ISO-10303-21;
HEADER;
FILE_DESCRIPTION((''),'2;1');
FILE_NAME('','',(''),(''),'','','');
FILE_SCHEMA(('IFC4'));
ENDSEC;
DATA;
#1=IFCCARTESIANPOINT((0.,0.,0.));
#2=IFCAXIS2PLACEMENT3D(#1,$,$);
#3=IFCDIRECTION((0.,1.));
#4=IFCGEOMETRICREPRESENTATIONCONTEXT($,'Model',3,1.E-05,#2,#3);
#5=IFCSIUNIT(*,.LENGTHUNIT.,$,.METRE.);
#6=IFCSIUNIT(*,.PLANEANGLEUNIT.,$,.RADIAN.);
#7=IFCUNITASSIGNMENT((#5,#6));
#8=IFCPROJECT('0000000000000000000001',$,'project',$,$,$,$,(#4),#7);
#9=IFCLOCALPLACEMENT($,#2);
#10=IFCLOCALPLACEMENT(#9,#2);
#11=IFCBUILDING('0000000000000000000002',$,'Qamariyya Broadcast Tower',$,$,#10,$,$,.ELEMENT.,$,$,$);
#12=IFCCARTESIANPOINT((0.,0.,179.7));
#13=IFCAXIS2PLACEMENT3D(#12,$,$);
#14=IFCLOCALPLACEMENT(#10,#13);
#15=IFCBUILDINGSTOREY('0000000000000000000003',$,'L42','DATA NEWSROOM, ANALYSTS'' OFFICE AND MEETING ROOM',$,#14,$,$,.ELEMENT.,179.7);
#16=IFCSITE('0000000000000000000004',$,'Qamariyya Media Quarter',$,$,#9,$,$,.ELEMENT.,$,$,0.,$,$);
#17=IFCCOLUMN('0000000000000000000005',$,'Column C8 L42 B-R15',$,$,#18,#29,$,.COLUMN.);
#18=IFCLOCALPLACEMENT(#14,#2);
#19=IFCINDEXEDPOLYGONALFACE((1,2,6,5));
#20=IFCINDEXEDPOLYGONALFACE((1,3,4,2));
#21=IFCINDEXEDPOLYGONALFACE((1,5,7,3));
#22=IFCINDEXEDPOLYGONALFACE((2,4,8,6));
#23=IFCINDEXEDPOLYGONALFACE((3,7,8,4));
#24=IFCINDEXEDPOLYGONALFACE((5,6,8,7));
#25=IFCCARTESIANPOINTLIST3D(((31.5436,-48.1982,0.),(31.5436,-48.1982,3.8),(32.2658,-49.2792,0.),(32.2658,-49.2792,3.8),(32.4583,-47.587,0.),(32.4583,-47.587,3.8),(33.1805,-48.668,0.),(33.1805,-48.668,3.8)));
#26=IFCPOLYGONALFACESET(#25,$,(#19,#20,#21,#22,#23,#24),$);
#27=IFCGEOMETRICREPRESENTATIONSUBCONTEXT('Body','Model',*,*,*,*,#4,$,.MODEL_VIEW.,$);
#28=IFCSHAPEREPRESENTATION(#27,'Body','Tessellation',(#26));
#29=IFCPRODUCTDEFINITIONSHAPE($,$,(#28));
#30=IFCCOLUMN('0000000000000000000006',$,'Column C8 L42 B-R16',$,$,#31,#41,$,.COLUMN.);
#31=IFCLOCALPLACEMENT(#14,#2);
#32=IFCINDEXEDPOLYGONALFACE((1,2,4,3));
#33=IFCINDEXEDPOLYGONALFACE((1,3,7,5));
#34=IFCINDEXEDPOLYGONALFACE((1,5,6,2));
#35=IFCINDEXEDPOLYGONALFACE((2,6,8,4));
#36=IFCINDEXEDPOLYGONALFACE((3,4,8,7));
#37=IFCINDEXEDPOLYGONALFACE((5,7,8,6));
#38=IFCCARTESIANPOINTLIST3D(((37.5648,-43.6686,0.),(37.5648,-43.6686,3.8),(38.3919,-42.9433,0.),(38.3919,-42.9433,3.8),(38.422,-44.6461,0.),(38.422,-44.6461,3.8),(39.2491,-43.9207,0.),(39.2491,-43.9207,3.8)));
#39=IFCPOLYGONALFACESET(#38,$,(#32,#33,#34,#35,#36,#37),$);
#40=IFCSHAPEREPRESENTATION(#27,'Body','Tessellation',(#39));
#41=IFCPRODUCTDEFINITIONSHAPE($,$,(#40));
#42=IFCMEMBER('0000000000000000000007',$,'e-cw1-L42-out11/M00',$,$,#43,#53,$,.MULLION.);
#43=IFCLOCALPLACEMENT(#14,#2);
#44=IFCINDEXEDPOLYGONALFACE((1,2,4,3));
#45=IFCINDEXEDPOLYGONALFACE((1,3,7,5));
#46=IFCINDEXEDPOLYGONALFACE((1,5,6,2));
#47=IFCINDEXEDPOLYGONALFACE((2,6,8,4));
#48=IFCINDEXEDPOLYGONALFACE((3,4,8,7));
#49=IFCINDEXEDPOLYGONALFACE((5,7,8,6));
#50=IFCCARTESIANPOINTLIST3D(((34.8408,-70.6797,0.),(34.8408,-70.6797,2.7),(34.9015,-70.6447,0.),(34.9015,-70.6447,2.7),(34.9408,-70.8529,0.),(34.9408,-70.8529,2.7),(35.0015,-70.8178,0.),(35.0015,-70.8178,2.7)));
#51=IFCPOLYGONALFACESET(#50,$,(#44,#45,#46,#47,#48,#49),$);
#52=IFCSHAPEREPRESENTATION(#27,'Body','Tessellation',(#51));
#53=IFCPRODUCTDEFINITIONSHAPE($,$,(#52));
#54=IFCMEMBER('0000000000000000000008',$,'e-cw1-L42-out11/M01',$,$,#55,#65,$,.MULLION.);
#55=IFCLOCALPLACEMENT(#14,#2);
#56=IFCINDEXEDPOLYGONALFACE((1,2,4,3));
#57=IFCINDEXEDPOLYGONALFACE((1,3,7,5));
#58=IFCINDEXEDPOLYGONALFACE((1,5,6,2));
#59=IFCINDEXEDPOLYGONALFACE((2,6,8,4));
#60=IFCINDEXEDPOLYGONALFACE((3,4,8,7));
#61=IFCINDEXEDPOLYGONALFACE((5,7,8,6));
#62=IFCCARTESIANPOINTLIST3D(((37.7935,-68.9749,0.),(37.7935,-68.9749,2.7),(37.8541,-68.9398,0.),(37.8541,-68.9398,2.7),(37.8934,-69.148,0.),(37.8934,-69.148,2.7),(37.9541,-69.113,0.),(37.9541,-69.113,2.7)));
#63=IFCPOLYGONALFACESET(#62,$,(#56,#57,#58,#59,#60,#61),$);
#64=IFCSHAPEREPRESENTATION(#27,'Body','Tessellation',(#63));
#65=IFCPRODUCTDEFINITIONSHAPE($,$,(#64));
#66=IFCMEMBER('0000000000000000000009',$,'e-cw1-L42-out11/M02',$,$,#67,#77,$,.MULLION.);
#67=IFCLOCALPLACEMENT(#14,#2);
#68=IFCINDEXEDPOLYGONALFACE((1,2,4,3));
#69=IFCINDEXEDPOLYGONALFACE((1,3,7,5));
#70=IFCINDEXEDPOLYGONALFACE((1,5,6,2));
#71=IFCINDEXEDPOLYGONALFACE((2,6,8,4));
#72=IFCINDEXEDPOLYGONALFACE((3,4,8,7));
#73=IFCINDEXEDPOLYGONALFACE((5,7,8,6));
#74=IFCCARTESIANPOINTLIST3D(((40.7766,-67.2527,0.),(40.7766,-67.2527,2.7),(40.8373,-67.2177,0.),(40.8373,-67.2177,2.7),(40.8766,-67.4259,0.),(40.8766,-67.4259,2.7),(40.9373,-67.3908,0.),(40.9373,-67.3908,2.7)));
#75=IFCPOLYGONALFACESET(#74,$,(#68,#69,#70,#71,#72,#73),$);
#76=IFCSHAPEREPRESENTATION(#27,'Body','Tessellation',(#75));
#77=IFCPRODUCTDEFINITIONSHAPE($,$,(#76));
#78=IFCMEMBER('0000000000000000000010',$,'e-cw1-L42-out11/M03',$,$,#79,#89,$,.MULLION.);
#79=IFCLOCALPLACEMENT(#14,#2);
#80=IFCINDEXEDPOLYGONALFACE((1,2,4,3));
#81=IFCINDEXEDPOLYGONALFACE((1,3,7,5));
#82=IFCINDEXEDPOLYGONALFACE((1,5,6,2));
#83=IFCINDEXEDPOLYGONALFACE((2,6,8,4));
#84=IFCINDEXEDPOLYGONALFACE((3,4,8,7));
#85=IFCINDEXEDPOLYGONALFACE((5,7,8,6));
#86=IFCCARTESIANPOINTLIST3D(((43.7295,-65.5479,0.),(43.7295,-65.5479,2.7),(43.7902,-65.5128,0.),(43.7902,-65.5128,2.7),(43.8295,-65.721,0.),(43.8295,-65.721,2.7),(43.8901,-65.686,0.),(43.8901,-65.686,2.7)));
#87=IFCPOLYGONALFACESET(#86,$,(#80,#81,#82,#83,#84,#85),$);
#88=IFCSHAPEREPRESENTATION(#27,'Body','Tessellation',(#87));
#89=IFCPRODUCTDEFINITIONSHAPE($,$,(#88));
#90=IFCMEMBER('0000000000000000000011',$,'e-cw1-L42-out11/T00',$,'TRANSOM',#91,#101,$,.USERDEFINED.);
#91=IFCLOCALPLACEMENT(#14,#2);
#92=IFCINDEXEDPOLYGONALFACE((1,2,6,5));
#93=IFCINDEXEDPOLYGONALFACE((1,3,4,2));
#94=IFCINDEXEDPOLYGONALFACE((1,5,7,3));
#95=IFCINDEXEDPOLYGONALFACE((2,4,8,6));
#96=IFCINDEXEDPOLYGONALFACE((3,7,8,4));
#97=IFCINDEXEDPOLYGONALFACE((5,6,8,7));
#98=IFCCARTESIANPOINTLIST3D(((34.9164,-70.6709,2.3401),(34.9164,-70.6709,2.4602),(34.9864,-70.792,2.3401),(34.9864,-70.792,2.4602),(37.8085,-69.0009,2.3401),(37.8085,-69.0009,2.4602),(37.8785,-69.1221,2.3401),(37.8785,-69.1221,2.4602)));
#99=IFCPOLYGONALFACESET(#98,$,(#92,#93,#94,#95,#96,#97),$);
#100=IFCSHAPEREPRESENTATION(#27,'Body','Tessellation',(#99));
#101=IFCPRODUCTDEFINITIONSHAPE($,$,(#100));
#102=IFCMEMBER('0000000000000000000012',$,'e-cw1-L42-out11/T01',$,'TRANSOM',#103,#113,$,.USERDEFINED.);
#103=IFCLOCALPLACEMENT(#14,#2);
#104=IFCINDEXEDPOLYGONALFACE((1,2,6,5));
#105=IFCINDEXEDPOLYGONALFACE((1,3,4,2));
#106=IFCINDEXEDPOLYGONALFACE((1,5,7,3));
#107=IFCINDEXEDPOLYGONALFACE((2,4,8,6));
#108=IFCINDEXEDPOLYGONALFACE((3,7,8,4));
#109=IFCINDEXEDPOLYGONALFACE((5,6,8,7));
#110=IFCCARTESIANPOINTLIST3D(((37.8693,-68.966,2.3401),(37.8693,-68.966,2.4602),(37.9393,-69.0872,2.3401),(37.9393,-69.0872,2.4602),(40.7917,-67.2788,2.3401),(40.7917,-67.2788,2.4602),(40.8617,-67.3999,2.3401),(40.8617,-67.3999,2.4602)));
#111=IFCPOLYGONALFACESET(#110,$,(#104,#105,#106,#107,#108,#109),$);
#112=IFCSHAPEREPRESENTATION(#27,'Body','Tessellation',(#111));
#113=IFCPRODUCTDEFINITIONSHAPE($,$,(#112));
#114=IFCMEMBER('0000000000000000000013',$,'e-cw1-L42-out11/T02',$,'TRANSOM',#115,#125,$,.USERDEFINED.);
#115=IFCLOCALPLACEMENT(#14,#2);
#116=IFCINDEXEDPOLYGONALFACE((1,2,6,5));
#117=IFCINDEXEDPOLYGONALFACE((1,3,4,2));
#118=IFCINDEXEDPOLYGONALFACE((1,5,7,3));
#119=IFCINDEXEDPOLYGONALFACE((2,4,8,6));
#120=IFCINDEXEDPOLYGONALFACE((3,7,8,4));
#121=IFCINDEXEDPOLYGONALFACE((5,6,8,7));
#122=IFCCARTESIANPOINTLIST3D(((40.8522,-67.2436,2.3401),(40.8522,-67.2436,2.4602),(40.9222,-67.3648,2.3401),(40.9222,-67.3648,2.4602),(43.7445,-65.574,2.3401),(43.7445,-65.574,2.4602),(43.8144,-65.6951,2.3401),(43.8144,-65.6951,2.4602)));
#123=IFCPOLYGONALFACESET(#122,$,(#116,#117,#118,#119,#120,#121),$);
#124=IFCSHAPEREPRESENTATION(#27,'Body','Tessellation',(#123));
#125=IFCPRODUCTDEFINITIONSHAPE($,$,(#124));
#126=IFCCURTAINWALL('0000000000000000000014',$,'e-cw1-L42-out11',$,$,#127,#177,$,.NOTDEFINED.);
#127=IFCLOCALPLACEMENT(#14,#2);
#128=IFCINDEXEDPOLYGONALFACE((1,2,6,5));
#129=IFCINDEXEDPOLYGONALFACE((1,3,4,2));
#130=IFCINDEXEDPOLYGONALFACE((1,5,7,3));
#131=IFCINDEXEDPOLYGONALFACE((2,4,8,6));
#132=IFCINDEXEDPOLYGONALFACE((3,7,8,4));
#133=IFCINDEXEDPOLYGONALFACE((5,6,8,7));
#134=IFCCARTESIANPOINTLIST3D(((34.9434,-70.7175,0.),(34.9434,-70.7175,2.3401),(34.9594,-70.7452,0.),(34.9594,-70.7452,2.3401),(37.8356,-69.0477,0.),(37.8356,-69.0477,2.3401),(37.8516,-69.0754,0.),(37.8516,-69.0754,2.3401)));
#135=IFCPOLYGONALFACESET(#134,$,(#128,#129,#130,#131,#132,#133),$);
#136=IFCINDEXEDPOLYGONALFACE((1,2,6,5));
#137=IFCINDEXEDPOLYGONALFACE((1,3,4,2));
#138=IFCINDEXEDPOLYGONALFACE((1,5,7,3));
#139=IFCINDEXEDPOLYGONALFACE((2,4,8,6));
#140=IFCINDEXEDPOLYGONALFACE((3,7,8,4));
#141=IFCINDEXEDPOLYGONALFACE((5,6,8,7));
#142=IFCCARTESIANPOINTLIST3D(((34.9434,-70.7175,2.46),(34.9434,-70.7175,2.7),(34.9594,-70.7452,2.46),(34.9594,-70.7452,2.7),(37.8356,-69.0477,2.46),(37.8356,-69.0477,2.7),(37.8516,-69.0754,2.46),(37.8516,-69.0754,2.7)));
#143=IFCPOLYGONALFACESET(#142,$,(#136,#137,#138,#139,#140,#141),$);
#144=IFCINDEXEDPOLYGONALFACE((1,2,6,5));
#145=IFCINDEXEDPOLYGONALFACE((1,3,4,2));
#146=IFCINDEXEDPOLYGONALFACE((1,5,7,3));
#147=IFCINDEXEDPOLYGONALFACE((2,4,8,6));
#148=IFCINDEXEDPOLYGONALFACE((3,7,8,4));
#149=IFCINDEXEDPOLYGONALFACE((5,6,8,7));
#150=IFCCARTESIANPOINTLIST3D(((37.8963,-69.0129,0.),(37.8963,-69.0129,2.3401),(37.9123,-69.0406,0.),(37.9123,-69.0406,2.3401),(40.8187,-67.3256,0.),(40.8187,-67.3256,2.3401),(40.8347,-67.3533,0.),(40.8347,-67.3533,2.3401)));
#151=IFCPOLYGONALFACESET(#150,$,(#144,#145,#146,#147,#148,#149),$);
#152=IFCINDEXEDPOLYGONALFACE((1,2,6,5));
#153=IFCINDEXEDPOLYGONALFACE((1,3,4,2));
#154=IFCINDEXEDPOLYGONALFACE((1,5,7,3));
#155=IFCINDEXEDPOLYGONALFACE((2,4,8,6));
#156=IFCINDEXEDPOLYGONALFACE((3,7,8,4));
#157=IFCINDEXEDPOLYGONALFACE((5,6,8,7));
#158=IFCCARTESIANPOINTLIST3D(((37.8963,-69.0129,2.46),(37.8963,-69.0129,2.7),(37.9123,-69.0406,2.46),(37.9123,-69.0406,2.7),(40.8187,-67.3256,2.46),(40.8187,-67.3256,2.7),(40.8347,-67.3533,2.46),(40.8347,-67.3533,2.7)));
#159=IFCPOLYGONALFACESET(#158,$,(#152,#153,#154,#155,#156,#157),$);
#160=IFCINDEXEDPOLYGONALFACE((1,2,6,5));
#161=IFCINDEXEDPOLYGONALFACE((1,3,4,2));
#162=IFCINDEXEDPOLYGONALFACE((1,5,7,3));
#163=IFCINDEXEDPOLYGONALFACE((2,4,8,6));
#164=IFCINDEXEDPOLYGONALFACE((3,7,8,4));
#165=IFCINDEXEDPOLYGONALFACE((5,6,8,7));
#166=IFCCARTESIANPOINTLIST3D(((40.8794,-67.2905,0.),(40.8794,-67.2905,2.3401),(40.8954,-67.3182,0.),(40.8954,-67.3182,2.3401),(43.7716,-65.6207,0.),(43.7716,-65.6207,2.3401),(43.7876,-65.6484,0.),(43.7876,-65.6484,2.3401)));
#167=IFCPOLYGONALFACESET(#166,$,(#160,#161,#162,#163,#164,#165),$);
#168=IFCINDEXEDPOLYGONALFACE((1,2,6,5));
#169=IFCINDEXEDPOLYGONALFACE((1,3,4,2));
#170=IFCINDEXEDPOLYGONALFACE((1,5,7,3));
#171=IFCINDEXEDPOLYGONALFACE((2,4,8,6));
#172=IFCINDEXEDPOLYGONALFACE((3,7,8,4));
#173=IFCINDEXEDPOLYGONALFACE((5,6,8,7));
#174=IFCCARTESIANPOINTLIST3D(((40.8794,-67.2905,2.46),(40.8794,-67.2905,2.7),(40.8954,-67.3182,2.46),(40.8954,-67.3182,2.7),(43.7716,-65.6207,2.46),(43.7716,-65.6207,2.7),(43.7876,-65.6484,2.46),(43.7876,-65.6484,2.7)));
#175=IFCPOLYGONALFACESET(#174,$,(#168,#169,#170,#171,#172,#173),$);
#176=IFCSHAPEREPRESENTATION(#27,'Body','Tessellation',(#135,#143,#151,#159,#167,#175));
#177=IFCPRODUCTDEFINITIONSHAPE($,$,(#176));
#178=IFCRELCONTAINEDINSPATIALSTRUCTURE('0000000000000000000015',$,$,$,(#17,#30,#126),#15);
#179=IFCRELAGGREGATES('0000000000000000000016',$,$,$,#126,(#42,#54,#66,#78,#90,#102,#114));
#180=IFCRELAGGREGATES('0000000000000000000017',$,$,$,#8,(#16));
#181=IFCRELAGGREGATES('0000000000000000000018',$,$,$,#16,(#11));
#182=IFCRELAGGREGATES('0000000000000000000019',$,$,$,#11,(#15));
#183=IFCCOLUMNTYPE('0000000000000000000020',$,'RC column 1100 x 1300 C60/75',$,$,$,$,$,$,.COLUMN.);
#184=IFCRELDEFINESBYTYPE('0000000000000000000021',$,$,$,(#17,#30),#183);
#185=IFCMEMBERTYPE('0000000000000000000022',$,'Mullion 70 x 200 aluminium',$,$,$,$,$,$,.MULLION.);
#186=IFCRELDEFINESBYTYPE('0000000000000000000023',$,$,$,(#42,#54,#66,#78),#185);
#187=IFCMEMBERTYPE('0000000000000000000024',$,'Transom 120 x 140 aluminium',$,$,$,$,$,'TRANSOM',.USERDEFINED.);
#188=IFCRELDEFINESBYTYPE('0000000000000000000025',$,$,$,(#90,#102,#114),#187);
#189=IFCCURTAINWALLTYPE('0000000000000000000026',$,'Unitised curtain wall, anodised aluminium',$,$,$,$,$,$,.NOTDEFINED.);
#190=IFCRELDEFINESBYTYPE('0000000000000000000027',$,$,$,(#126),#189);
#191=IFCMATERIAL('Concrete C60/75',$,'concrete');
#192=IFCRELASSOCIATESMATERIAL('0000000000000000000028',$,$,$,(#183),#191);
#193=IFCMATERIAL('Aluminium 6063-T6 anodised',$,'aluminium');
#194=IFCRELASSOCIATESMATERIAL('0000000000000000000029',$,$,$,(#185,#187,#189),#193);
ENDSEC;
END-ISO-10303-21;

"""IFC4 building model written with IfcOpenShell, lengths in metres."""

from ifc_helpers import new_model, si_unit, direction, frame, origin, origin_2d, place, context, subcontext, project, spatial, rectangle, extrude, material, material_profile, profile_set, type_object, element, aggregate, save


model = new_model("IFC4")

# Units and contexts
model_context = context("Model", 3, precision=1e-05, world=origin(), true_north=direction((0.0, 1.0)))
body_context = subcontext(model_context, "Body", "Model", "MODEL_VIEW")
ifc_project = project(units=[si_unit("LENGTHUNIT", "METRE"), si_unit("PLANEANGLEUNIT", "RADIAN")], contexts=[model_context])

# Site, building, storey
site_placement = place(None, origin())
site = spatial("IfcSite", under=ifc_project, at=site_placement, Name="Qamariyya Media Quarter", CompositionType="ELEMENT", RefElevation=0.0)
building_placement = place(site_placement, origin())
building = spatial("IfcBuilding", under=site, at=building_placement, Name="Qamariyya Broadcast Tower", CompositionType="ELEMENT")
storey_placement = place(building_placement, frame((0.0, 0.0, 179.7)))
storey = spatial("IfcBuildingStorey", under=building, at=storey_placement, Name="L42", Description="DATA NEWSROOM, ANALYSTS' OFFICE AND MEETING ROOM", CompositionType="ELEMENT", Elevation=179.7)

# Columns
ifc_material_1 = material(Name="Concrete C60/75", Category="concrete")
ifc_material_profile_1 = material_profile(ifc_material_1, rectangle(XDim=1.1001, YDim=1.3, at=origin_2d()))
ifc_profile_set_1 = profile_set([ifc_material_profile_1], Name="Concrete C60/75")
column_type = type_object("IfcColumnType", Name="RC column 1100 x 1300 C60/75", PredefinedType="COLUMN", material=ifc_profile_set_1)
for number, where, z_axis, x_axis, name in (
    (1, (32.3621, -48.4331, 0.0), (0.0, 0.0, 1.0), (0.83147, 0.55557, 0.0), "Column C8 L42 B-R15"),
    (2, (38.407, -43.7947, 0.0), (0.0, 0.0, 1.0), (0.75184, 0.659346, 0.0), "Column C8 L42 B-R16"),
):
    element("IfcColumn", number, at=place(storey_placement, frame(where, z_axis=z_axis, x_axis=x_axis)), inside=storey, type_object=column_type, Name=name, PredefinedType="COLUMN", context=body_context, shape_type="SweptSolid", body=[
        extrude(rectangle(XDim=1.1001, YDim=1.3, at=origin_2d()), origin(), (0.0, 0.0, 1.0), 3.8),
    ])

# Members
ifc_material_2 = material(Name="Aluminium 6063-T6 anodised", Category="aluminium")
ifc_material_profile_2 = material_profile(ifc_material_2, rectangle(XDim=0.2, YDim=0.0701, at=origin_2d()))
ifc_profile_set_2 = profile_set([ifc_material_profile_2], Name="Aluminium 6063-T6 anodised")
member_type_1 = type_object("IfcMemberType", Name="Mullion 70 x 200 aluminium", PredefinedType="MULLION", material=ifc_profile_set_2)
member_1_placement = place(storey_placement, frame((34.9211, -70.7488, 0.0), z_axis=(0.0, 0.0, 1.0), x_axis=(-0.5, 0.866025, 0.0)))
member_1 = element("IfcMember", 3, at=member_1_placement, type_object=member_type_1, Name="e-cw1-L42-out11/M00", PredefinedType="MULLION", context=body_context, shape_type="SweptSolid", body=[
    extrude(rectangle(XDim=0.2, YDim=0.0701, at=origin_2d()), origin(), (0.0, 0.0, 1.0), 2.7),
])
member_2_placement = place(storey_placement, frame((37.8738, -69.0439, 0.0), z_axis=(0.0, 0.0, 1.0), x_axis=(-0.5, 0.866025, 0.0)))
member_2 = element("IfcMember", 4, at=member_2_placement, type_object=member_type_1, Name="e-cw1-L42-out11/M01", PredefinedType="MULLION", context=body_context, shape_type="SweptSolid", body=[
    extrude(rectangle(XDim=0.2, YDim=0.0701, at=origin_2d()), origin(), (0.0, 0.0, 1.0), 2.7),
])
member_3_placement = place(storey_placement, frame((40.8569, -67.3218, 0.0), z_axis=(0.0, 0.0, 1.0), x_axis=(-0.5, 0.866025, 0.0)))
member_3 = element("IfcMember", 5, at=member_3_placement, type_object=member_type_1, Name="e-cw1-L42-out11/M02", PredefinedType="MULLION", context=body_context, shape_type="SweptSolid", body=[
    extrude(rectangle(XDim=0.2, YDim=0.0701, at=origin_2d()), origin(), (0.0, 0.0, 1.0), 2.7),
])
member_4_placement = place(storey_placement, frame((43.8098, -65.6169, 0.0), z_axis=(0.0, 0.0, 1.0), x_axis=(-0.5, 0.866025, 0.0)))
member_4 = element("IfcMember", 6, at=member_4_placement, type_object=member_type_1, Name="e-cw1-L42-out11/M03", PredefinedType="MULLION", context=body_context, shape_type="SweptSolid", body=[
    extrude(rectangle(XDim=0.2, YDim=0.0701, at=origin_2d()), origin(), (0.0, 0.0, 1.0), 2.7),
])

# Members
ifc_material_profile_3 = material_profile(ifc_material_2, rectangle(XDim=0.1399, YDim=0.1201, at=origin_2d()))
ifc_profile_set_3 = profile_set([ifc_material_profile_3], Name="Aluminium 6063-T6 anodised")
member_type_2 = type_object("IfcMemberType", Name="Transom 120 x 140 aluminium", ElementType="TRANSOM", PredefinedType="USERDEFINED", material=ifc_profile_set_3)
member_5_placement = place(storey_placement, frame((34.9514, -70.7314, 2.4001), z_axis=(0.866003, 0.500039, 0.0), x_axis=(-0.500039, 0.866003, 0.0)))
member_5 = element("IfcMember", 7, at=member_5_placement, type_object=member_type_2, Name="e-cw1-L42-out11/T00", ObjectType="TRANSOM", PredefinedType="USERDEFINED", context=body_context, shape_type="SweptSolid", body=[
    extrude(rectangle(XDim=0.1399, YDim=0.1201, at=origin_2d()), origin(), (0.0, 0.0, 1.0), 3.3396),
])
member_6_placement = place(storey_placement, frame((37.9043, -69.0266, 2.4001), z_axis=(0.866022, 0.500006, 0.0), x_axis=(-0.500006, 0.866022, 0.0)))
member_6 = element("IfcMember", 8, at=member_6_placement, type_object=member_type_2, Name="e-cw1-L42-out11/T01", ObjectType="TRANSOM", PredefinedType="USERDEFINED", context=body_context, shape_type="SweptSolid", body=[
    extrude(rectangle(XDim=0.1399, YDim=0.1201, at=origin_2d()), origin(), (0.0, 0.0, 1.0), 3.3745),
])
member_7_placement = place(storey_placement, frame((40.8872, -67.3042, 2.4001), z_axis=(0.866053, 0.499952, 0.0), x_axis=(-0.499952, 0.866053, 0.0)))
member_7 = element("IfcMember", 9, at=member_7_placement, type_object=member_type_2, Name="e-cw1-L42-out11/T02", ObjectType="TRANSOM", PredefinedType="USERDEFINED", context=body_context, shape_type="SweptSolid", body=[
    extrude(rectangle(XDim=0.1399, YDim=0.1201, at=origin_2d()), origin(), (0.0, 0.0, 1.0), 3.3396),
])

# Curtain wall
curtain_wall_type = type_object("IfcCurtainWallType", Name="Unitised curtain wall, anodised aluminium", PredefinedType="NOTDEFINED", material=ifc_material_2)
curtain_wall_1_placement = place(storey_placement, origin())
curtain_wall_1 = element("IfcCurtainWall", 10, at=curtain_wall_1_placement, inside=storey, type_object=curtain_wall_type, Name="e-cw1-L42-out11", PredefinedType="NOTDEFINED", context=body_context, shape_type="SweptSolid", body=[
    extrude(rectangle(XDim=3.3396, YDim=0.032, at=origin_2d()), frame((36.3975, -69.8965, 0.0), x_axis=(0.866029, 0.499994, 0.0)), (0.0, 0.0, 1.0), 2.3401),
    extrude(rectangle(XDim=3.3396, YDim=0.032, at=origin_2d()), frame((36.3975, -69.8965, 2.46), x_axis=(0.866029, 0.499994, 0.0)), (0.0, 0.0, 1.0), 0.24),
    extrude(rectangle(XDim=3.3745, YDim=0.032, at=origin_2d()), frame((39.3655, -68.1831, 0.0), x_axis=(0.866029, 0.499994, 0.0)), (0.0, 0.0, 1.0), 2.3401),
    extrude(rectangle(XDim=3.3745, YDim=0.032, at=origin_2d()), frame((39.3655, -68.1831, 2.46), x_axis=(0.866029, 0.499994, 0.0)), (0.0, 0.0, 1.0), 0.24),
    extrude(rectangle(XDim=3.3396, YDim=0.032, at=origin_2d()), frame((42.3335, -66.4695, 0.0), x_axis=(0.866029, 0.499994, 0.0)), (0.0, 0.0, 1.0), 2.3401),
    extrude(rectangle(XDim=3.3396, YDim=0.032, at=origin_2d()), frame((42.3335, -66.4695, 2.46), x_axis=(0.866029, 0.499994, 0.0)), (0.0, 0.0, 1.0), 0.24),
])
aggregate(curtain_wall_1, [member_1, member_2, member_3, member_4, member_5, member_6, member_7])

save(model, "model.ifc")
